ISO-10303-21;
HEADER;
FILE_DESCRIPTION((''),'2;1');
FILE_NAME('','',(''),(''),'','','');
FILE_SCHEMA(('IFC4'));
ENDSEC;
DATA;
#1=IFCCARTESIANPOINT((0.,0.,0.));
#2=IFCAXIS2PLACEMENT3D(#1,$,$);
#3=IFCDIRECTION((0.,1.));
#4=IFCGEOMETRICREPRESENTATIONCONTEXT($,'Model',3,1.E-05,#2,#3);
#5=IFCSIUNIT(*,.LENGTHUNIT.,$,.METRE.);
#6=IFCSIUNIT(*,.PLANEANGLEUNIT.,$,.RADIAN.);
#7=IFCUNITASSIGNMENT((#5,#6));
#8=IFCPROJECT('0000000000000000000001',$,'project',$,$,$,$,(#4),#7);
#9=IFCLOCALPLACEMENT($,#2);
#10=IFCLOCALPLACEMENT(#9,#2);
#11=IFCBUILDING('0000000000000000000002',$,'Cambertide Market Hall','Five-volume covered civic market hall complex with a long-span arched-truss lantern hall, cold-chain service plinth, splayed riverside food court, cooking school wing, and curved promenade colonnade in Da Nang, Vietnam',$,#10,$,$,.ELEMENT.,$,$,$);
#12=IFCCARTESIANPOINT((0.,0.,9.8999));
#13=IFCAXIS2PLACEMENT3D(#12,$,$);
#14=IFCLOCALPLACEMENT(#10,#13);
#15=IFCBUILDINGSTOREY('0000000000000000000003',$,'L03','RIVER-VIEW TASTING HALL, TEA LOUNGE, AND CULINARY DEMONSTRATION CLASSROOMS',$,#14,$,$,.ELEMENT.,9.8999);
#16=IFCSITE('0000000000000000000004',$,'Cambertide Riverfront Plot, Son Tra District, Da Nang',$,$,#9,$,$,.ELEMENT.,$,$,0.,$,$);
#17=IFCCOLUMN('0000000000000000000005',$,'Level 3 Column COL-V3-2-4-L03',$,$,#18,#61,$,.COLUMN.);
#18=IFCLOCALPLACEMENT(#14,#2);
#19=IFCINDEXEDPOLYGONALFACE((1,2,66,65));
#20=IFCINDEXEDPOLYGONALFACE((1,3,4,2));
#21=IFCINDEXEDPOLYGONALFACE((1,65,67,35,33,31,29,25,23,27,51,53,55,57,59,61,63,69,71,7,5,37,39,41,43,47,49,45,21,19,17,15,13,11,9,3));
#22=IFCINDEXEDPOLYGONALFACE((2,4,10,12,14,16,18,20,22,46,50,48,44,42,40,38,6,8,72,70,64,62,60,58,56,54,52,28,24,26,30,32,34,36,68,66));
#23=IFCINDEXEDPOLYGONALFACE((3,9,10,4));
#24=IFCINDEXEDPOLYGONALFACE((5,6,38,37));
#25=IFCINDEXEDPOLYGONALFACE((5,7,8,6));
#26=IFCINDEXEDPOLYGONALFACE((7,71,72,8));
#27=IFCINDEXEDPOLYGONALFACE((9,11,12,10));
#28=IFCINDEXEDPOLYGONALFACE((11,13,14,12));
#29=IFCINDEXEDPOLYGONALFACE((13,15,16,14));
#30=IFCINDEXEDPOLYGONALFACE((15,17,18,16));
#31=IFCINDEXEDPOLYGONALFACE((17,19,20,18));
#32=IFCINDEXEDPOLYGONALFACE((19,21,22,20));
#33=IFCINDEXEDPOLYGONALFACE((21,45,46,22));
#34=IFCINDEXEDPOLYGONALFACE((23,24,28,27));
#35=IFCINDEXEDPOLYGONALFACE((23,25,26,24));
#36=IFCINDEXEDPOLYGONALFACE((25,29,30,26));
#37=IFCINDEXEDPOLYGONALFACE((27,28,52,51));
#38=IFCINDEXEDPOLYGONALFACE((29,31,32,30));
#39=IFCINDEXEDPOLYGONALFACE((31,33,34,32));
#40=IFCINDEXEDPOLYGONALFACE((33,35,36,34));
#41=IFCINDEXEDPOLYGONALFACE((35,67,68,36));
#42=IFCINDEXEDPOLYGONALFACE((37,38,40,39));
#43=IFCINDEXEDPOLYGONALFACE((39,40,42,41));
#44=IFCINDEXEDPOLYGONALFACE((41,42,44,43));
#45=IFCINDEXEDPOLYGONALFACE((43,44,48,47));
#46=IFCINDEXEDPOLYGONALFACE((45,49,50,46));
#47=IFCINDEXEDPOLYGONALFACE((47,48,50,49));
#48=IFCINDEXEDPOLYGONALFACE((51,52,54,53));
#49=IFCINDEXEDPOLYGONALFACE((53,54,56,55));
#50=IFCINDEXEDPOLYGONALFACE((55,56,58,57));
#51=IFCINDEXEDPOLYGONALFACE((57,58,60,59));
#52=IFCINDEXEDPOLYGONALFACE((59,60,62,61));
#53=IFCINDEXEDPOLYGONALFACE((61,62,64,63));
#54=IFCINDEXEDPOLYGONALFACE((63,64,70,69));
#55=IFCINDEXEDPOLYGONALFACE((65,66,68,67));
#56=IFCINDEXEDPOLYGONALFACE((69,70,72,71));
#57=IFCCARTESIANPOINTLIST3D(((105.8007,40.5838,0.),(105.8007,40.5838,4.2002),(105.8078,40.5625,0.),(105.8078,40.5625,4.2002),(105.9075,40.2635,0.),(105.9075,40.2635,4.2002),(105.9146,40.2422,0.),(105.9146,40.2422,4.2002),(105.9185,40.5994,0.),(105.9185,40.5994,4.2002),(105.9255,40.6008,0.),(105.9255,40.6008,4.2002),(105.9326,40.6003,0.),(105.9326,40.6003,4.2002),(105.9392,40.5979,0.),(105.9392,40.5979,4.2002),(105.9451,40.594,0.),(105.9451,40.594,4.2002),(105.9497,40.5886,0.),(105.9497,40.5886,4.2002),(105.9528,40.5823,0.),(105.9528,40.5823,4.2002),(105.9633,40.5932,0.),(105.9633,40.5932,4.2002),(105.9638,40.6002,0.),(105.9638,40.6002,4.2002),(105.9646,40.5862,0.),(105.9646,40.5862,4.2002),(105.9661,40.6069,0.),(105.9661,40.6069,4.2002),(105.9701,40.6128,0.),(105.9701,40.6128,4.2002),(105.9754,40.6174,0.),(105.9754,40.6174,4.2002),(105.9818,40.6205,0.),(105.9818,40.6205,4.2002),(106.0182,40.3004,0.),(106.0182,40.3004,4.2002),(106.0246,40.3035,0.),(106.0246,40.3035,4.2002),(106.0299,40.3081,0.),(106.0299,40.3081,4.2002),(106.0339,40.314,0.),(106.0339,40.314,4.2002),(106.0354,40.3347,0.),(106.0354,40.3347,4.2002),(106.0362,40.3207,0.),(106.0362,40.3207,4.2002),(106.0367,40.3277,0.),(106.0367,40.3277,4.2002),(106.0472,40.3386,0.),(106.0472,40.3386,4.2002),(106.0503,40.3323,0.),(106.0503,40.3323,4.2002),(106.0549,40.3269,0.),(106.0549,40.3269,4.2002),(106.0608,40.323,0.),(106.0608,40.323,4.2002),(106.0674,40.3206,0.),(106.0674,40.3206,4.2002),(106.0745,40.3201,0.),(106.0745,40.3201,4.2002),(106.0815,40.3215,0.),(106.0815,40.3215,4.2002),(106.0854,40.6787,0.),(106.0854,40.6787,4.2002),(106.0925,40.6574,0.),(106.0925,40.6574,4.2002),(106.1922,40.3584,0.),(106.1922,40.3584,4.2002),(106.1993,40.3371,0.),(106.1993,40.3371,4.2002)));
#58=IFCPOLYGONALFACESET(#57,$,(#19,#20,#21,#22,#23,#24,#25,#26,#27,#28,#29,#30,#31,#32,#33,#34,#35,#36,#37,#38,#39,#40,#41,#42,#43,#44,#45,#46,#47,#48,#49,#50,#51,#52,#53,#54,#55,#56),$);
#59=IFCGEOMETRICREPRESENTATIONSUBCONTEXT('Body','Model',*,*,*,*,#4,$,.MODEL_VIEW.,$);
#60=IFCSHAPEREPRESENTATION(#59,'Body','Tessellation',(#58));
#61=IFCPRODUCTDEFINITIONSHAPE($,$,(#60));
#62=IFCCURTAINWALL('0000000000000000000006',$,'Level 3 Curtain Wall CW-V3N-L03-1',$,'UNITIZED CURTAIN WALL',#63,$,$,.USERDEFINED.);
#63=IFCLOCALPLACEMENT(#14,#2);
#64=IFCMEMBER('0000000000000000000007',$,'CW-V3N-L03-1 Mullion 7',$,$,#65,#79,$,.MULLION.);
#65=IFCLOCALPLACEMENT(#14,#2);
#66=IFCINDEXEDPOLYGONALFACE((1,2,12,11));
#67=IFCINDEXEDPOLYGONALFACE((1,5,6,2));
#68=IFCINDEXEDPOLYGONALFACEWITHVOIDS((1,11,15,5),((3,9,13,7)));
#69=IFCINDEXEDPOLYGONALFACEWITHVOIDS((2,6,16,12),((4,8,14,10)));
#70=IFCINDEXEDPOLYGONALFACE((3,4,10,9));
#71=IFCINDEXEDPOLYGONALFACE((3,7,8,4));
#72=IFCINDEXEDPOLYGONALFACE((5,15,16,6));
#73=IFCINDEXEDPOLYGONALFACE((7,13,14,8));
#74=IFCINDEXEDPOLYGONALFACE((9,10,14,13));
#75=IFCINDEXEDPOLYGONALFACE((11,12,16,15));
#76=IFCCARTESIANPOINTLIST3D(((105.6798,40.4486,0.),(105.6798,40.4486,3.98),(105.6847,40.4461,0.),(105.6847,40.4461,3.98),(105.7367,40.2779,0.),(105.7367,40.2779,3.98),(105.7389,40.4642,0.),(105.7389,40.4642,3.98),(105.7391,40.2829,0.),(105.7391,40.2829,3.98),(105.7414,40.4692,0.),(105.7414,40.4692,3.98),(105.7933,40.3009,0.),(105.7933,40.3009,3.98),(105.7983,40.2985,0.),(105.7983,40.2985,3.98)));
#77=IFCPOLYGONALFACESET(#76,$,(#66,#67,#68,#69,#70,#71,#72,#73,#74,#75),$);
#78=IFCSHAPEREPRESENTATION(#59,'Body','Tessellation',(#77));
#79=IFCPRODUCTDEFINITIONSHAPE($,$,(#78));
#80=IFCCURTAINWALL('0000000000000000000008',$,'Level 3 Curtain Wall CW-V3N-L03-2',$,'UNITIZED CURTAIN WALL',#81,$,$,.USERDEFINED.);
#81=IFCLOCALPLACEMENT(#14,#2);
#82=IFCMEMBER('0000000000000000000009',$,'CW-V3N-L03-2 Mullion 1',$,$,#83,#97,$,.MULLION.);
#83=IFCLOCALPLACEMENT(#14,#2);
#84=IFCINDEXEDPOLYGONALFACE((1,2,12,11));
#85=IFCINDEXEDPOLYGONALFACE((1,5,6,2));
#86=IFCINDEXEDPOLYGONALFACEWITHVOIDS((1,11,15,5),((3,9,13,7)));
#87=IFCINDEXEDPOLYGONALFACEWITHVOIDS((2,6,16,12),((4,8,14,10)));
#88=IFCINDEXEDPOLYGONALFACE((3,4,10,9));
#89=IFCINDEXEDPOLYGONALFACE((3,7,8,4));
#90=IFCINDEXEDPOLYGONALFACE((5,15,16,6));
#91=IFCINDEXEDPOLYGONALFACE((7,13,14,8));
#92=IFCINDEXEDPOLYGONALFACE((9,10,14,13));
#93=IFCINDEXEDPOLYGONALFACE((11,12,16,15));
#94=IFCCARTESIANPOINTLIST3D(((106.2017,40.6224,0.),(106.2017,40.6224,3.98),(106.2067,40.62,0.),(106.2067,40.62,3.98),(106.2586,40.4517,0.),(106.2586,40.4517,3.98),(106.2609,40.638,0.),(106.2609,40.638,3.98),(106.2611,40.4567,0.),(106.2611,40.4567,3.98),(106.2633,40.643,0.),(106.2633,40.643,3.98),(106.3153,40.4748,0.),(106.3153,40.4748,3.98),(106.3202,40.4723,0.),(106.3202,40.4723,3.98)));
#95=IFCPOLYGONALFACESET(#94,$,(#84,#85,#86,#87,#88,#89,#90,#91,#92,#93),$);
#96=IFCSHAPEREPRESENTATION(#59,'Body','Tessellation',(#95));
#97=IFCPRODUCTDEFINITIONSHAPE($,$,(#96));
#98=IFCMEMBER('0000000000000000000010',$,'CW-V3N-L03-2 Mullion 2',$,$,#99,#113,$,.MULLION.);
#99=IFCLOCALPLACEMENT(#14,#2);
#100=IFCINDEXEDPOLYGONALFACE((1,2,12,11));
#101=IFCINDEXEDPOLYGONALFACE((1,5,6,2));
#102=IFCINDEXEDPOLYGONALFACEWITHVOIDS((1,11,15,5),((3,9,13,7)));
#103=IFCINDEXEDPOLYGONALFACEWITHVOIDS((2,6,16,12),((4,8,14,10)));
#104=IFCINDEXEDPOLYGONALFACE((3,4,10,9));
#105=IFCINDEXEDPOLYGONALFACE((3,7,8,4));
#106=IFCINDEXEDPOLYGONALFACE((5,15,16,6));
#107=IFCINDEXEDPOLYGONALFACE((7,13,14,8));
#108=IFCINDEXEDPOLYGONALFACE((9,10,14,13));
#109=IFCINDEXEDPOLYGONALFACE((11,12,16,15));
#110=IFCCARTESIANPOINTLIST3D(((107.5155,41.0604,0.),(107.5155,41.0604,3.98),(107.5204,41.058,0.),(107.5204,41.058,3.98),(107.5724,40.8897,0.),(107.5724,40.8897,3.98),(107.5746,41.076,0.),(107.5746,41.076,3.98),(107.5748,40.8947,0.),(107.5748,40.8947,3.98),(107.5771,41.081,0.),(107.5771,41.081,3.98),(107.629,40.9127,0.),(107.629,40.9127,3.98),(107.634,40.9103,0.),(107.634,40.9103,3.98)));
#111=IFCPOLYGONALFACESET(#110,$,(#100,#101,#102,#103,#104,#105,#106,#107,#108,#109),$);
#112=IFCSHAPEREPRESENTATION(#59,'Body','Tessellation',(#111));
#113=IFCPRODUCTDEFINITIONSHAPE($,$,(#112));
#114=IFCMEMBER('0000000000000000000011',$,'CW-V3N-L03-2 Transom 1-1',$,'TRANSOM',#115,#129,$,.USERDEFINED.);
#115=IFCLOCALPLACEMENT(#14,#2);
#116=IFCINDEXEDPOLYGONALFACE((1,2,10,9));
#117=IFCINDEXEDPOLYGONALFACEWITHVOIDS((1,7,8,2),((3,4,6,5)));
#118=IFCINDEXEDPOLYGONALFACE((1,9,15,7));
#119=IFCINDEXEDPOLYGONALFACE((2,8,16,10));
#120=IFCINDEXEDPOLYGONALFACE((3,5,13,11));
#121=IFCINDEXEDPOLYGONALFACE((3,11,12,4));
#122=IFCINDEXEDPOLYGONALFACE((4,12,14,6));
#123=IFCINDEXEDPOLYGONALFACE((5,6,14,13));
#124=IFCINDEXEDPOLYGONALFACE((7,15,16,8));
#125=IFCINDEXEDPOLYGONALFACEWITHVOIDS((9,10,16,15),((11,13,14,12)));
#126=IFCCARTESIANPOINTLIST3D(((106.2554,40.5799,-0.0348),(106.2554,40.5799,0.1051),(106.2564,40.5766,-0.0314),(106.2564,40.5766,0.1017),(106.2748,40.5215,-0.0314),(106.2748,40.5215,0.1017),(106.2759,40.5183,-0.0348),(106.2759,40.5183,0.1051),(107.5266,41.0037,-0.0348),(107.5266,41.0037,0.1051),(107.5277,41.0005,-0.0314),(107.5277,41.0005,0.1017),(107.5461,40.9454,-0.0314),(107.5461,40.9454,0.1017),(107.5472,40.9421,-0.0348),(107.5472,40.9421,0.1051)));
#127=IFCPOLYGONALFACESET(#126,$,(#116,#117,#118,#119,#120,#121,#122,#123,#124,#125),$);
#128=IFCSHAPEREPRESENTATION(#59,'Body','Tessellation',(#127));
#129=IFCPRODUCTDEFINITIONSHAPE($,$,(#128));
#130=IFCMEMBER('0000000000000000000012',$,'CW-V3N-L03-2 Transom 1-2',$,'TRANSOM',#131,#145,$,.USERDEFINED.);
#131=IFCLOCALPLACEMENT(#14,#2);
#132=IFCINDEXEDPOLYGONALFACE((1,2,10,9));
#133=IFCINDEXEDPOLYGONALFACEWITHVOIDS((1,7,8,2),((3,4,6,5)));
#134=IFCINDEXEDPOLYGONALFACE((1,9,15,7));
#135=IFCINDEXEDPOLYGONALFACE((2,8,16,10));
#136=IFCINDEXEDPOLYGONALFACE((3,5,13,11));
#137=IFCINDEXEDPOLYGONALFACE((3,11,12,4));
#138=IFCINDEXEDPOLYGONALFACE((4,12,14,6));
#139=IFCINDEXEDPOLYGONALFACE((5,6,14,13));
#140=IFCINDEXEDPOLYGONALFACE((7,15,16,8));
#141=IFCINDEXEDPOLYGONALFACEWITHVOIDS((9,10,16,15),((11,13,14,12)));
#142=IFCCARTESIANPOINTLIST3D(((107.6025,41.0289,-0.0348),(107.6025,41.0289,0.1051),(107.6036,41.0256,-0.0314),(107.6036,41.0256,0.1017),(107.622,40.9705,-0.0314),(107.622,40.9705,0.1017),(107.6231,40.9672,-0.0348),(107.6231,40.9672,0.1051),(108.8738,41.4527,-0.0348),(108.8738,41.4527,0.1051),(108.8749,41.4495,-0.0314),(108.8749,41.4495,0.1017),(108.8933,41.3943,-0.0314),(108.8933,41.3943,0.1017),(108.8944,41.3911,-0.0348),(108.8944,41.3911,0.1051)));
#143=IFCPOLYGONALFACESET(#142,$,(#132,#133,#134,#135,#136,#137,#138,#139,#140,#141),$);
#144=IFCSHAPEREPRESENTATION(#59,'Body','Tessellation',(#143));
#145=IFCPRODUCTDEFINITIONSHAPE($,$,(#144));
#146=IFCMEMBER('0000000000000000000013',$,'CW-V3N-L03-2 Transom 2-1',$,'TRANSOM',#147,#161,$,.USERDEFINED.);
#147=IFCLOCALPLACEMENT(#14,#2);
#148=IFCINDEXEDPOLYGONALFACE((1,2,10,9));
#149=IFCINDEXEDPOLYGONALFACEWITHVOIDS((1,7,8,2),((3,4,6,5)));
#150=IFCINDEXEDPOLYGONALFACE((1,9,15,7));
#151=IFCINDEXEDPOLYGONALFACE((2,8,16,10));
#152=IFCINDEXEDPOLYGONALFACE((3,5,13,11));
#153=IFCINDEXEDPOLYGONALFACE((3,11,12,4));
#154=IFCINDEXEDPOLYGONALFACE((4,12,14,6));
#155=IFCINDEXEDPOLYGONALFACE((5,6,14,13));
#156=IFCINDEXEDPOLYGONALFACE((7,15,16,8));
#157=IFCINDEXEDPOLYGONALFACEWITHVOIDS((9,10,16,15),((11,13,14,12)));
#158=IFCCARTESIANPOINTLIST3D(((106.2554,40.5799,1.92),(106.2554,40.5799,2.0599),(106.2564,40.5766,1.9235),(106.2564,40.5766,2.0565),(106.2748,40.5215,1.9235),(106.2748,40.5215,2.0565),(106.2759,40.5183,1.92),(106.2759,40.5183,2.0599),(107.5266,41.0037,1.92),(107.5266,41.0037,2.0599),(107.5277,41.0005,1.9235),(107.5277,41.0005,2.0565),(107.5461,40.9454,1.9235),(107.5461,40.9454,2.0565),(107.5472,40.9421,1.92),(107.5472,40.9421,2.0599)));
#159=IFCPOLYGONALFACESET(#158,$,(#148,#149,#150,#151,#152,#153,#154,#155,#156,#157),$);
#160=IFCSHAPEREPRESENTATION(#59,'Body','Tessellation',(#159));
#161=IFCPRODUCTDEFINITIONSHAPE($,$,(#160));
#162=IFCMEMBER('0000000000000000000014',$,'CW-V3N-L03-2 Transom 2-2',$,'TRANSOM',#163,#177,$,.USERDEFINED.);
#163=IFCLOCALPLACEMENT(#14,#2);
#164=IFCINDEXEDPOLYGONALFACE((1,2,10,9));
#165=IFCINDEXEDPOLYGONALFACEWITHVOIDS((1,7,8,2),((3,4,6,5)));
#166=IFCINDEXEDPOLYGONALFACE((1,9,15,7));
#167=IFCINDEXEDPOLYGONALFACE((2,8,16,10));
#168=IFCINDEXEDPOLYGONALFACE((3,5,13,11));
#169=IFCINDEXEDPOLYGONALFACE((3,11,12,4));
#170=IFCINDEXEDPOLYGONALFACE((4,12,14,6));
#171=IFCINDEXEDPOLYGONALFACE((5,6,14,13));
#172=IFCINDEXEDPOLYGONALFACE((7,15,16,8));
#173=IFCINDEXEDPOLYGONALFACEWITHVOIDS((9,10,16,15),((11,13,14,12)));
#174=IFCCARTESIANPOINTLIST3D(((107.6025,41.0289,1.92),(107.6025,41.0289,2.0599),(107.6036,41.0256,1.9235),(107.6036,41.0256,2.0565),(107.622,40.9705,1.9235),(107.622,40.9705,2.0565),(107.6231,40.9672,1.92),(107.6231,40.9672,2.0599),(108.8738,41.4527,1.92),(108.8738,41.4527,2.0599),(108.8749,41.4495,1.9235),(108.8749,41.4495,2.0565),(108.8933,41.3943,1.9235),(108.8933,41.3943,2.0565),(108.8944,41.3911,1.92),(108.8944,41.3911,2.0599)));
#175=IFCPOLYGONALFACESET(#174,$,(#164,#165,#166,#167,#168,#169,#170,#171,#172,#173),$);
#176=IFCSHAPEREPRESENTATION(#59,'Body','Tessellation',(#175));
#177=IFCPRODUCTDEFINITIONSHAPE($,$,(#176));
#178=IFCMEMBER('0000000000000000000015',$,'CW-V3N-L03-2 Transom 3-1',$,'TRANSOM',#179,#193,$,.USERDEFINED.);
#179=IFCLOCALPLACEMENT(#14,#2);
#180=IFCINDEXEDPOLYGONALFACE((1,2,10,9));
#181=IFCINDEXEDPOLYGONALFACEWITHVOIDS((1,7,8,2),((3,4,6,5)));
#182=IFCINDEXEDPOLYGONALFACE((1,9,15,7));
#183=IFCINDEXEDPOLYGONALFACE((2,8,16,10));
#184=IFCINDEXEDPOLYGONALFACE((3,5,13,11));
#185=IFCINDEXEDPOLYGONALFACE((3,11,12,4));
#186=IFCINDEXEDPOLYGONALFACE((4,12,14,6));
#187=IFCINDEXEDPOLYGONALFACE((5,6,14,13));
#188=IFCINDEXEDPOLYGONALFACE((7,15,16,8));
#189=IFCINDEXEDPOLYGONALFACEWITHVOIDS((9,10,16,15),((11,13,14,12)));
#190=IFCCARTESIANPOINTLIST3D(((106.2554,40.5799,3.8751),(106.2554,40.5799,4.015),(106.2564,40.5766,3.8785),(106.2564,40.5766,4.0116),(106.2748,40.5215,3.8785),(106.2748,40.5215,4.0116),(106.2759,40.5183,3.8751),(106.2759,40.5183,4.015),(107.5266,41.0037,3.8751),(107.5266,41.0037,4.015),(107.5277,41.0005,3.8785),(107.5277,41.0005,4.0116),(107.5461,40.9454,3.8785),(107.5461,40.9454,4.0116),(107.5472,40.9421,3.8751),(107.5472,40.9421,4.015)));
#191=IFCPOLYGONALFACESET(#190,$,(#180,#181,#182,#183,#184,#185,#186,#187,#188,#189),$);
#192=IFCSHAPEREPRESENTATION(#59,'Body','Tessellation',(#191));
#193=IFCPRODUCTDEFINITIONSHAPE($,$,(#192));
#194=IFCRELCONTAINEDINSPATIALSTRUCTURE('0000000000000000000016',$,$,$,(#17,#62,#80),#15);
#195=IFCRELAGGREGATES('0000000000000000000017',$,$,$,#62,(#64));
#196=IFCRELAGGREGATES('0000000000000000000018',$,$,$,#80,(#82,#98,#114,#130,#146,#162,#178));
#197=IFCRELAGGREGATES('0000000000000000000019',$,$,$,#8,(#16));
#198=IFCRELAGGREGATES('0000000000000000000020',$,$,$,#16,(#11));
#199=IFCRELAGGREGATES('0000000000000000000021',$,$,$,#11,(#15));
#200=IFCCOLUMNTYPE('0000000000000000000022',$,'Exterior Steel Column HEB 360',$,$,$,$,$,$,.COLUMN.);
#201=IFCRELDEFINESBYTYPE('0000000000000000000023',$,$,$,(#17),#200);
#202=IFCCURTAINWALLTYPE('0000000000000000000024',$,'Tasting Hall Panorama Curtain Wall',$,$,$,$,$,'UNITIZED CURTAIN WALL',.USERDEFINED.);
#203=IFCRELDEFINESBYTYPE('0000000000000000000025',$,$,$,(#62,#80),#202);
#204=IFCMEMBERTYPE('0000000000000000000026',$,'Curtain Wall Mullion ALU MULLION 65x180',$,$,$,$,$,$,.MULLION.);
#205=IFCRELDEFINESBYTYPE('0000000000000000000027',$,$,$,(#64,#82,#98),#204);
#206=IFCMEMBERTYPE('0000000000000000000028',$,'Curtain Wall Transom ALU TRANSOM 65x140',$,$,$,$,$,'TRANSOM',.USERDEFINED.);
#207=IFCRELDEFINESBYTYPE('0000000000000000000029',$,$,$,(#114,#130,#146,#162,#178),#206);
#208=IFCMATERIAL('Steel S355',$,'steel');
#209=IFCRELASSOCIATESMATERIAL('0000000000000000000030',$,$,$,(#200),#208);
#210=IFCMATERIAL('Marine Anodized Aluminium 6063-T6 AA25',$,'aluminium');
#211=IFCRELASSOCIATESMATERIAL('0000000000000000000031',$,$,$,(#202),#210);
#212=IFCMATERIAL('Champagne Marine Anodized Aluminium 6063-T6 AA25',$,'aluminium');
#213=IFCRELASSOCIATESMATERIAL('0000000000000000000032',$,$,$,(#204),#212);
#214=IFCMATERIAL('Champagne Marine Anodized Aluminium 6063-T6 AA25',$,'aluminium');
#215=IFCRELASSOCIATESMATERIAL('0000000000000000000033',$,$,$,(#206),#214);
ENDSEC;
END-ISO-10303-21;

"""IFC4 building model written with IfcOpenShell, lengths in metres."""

from ifc_helpers import new_model, si_unit, direction, frame, origin, origin_2d, place, context, subcontext, project, spatial, hollow_rectangle, i_section, extrude, material, material_profile, profile_set, type_object, element, aggregate, save


model = new_model("IFC4")

# Units and contexts
model_context = context("Model", 3, precision=1e-05, world=origin(), true_north=direction((0.0, 1.0)))
body_context = subcontext(model_context, "Body", "Model", "MODEL_VIEW")
ifc_project = project(units=[si_unit("LENGTHUNIT", "METRE"), si_unit("PLANEANGLEUNIT", "RADIAN")], contexts=[model_context])

# Site, building, storey
site_placement = place(None, origin())
site = spatial("IfcSite", under=ifc_project, at=site_placement, Name="Cambertide Riverfront Plot, Son Tra District, Da Nang", CompositionType="ELEMENT", RefElevation=0.0)
building_placement = place(site_placement, origin())
building = spatial("IfcBuilding", under=site, at=building_placement, Name="Cambertide Market Hall", Description="Five-volume covered civic market hall complex with a long-span arched-truss lantern hall, cold-chain service plinth, splayed riverside food court, cooking school wing, and curved promenade colonnade in Da Nang, Vietnam", CompositionType="ELEMENT")
storey_placement = place(building_placement, frame((0.0, 0.0, 9.8999)))
storey = spatial("IfcBuildingStorey", under=building, at=storey_placement, Name="L03", Description="RIVER-VIEW TASTING HALL, TEA LOUNGE, AND CULINARY DEMONSTRATION CLASSROOMS", CompositionType="ELEMENT", Elevation=9.8999)

# Column
ifc_material_1 = material(Name="Steel S355", Category="steel")
ifc_material_profile_1 = material_profile(ifc_material_1, i_section(OverallWidth=0.3, OverallDepth=0.3601, WebThickness=0.0125, FlangeThickness=0.0225, FilletRadius=0.0271, at=origin_2d()), Name="HEB 360")
ifc_profile_set_1 = profile_set([ifc_material_profile_1], Name="Steel S355")
column_type = type_object("IfcColumnType", Name="Exterior Steel Column HEB 360", PredefinedType="COLUMN", material=ifc_profile_set_1)
column_placement = place(storey_placement, frame((106.0, 40.4604, 0.0), z_axis=(0.0, 0.0, 1.0), x_axis=(0.948683, 0.316228, 0.0)))
element("IfcColumn", 1, at=column_placement, inside=storey, type_object=column_type, Name="Level 3 Column COL-V3-2-4-L03", PredefinedType="COLUMN", context=body_context, shape_type="SweptSolid", body=[
    extrude(i_section(OverallWidth=0.3, OverallDepth=0.3601, WebThickness=0.0125, FlangeThickness=0.0225, FilletRadius=0.0271, at=origin_2d()), origin(), (0.0, 0.0, 1.0), 4.2002),
])

# Curtain wall, member
ifc_material_2 = material(Name="Marine Anodized Aluminium 6063-T6 AA25", Category="aluminium")
curtain_wall_type = type_object("IfcCurtainWallType", Name="Tasting Hall Panorama Curtain Wall", ElementType="UNITIZED CURTAIN WALL", PredefinedType="USERDEFINED", material=ifc_material_2)
curtain_wall_1_placement = place(storey_placement, origin())
curtain_wall_1 = element("IfcCurtainWall", 2, at=curtain_wall_1_placement, inside=storey, type_object=curtain_wall_type, Name="Level 3 Curtain Wall CW-V3N-L03-1", ObjectType="UNITIZED CURTAIN WALL", PredefinedType="USERDEFINED")
ifc_material_3 = material(Name="Champagne Marine Anodized Aluminium 6063-T6 AA25", Category="aluminium")
ifc_material_profile_2 = material_profile(ifc_material_3, hollow_rectangle(XDim=0.0649, YDim=0.1799, WallThickness=0.0039, at=origin_2d()), Name="ALU MULLION 65x180")
ifc_profile_set_2 = profile_set([ifc_material_profile_2], Name="Champagne Marine Anodized Aluminium 6063-T6 AA25")
member_type_1 = type_object("IfcMemberType", Name="Curtain Wall Mullion ALU MULLION 65x180", PredefinedType="MULLION", material=ifc_profile_set_2)
member_1_placement = place(storey_placement, frame((105.739, 40.3735, 0.0), z_axis=(0.0, 0.0, 1.0), x_axis=(0.948683, 0.316228, 0.0)))
member_1 = element("IfcMember", 3, at=member_1_placement, type_object=member_type_1, Name="CW-V3N-L03-1 Mullion 7", PredefinedType="MULLION", context=body_context, shape_type="SweptSolid", body=[
    extrude(hollow_rectangle(XDim=0.0649, YDim=0.1799, WallThickness=0.0039, at=origin_2d()), origin(), (0.0, 0.0, 1.0), 3.98),
])

# Curtain wall, members
curtain_wall_2_placement = place(storey_placement, origin())
curtain_wall_2 = element("IfcCurtainWall", 4, at=curtain_wall_2_placement, inside=storey, type_object=curtain_wall_type, Name="Level 3 Curtain Wall CW-V3N-L03-2", ObjectType="UNITIZED CURTAIN WALL", PredefinedType="USERDEFINED")
member_2_placement = place(storey_placement, frame((106.261, 40.5474, 0.0), z_axis=(0.0, 0.0, 1.0), x_axis=(0.948683, 0.316228, 0.0)))
member_2 = element("IfcMember", 5, at=member_2_placement, type_object=member_type_1, Name="CW-V3N-L03-2 Mullion 1", PredefinedType="MULLION", context=body_context, shape_type="SweptSolid", body=[
    extrude(hollow_rectangle(XDim=0.0649, YDim=0.1799, WallThickness=0.0039, at=origin_2d()), origin(), (0.0, 0.0, 1.0), 3.98),
])
member_3_placement = place(storey_placement, frame((107.5747, 40.9854, 0.0), z_axis=(0.0, 0.0, 1.0), x_axis=(0.948683, 0.316228, 0.0)))
member_3 = element("IfcMember", 6, at=member_3_placement, type_object=member_type_1, Name="CW-V3N-L03-2 Mullion 2", PredefinedType="MULLION", context=body_context, shape_type="SweptSolid", body=[
    extrude(hollow_rectangle(XDim=0.0649, YDim=0.1799, WallThickness=0.0039, at=origin_2d()), origin(), (0.0, 0.0, 1.0), 3.98),
])
ifc_material_4 = material(Name="Champagne Marine Anodized Aluminium 6063-T6 AA25", Category="aluminium")
ifc_material_profile_3 = material_profile(ifc_material_4, hollow_rectangle(XDim=0.0649, YDim=0.1399, WallThickness=0.0034, at=origin_2d()), Name="ALU TRANSOM 65x140")
ifc_profile_set_3 = profile_set([ifc_material_profile_3], Name="Champagne Marine Anodized Aluminium 6063-T6 AA25")
member_type_2 = type_object("IfcMemberType", Name="Curtain Wall Transom ALU TRANSOM 65x140", ElementType="TRANSOM", PredefinedType="USERDEFINED", material=ifc_profile_set_3)
member_4_placement = place(storey_placement, frame((106.2656, 40.5491, 0.0352), z_axis=(0.948665, 0.316282, 0.0), x_axis=(-0.316282, 0.948665, 0.0)))
member_4 = element("IfcMember", 7, at=member_4_placement, type_object=member_type_2, Name="CW-V3N-L03-2 Transom 1-1", ObjectType="TRANSOM", PredefinedType="USERDEFINED", context=body_context, shape_type="SweptSolid", body=[
    extrude(hollow_rectangle(XDim=0.0649, YDim=0.1399, WallThickness=0.0034, at=origin_2d()), origin(), (0.0, 0.0, 1.0), 1.3401),
])
member_5_placement = place(storey_placement, frame((107.6128, 40.998, 0.0352), z_axis=(0.948665, 0.316282, 0.0), x_axis=(-0.316282, 0.948665, 0.0)))
member_5 = element("IfcMember", 8, at=member_5_placement, type_object=member_type_2, Name="CW-V3N-L03-2 Transom 1-2", ObjectType="TRANSOM", PredefinedType="USERDEFINED", context=body_context, shape_type="SweptSolid", body=[
    extrude(hollow_rectangle(XDim=0.0649, YDim=0.1399, WallThickness=0.0034, at=origin_2d()), origin(), (0.0, 0.0, 1.0), 1.3401),
])
member_6_placement = place(storey_placement, frame((106.2656, 40.5491, 1.99), z_axis=(0.948665, 0.316282, 0.0), x_axis=(-0.316282, 0.948665, 0.0)))
member_6 = element("IfcMember", 9, at=member_6_placement, type_object=member_type_2, Name="CW-V3N-L03-2 Transom 2-1", ObjectType="TRANSOM", PredefinedType="USERDEFINED", context=body_context, shape_type="SweptSolid", body=[
    extrude(hollow_rectangle(XDim=0.0649, YDim=0.1399, WallThickness=0.0034, at=origin_2d()), origin(), (0.0, 0.0, 1.0), 1.3401),
])
member_7_placement = place(storey_placement, frame((107.6128, 40.998, 1.99), z_axis=(0.948665, 0.316282, 0.0), x_axis=(-0.316282, 0.948665, 0.0)))
member_7 = element("IfcMember", 10, at=member_7_placement, type_object=member_type_2, Name="CW-V3N-L03-2 Transom 2-2", ObjectType="TRANSOM", PredefinedType="USERDEFINED", context=body_context, shape_type="SweptSolid", body=[
    extrude(hollow_rectangle(XDim=0.0649, YDim=0.1399, WallThickness=0.0034, at=origin_2d()), origin(), (0.0, 0.0, 1.0), 1.3401),
])
member_8_placement = place(storey_placement, frame((106.2656, 40.5491, 3.9451), z_axis=(0.948665, 0.316282, 0.0), x_axis=(-0.316282, 0.948665, 0.0)))
member_8 = element("IfcMember", 11, at=member_8_placement, type_object=member_type_2, Name="CW-V3N-L03-2 Transom 3-1", ObjectType="TRANSOM", PredefinedType="USERDEFINED", context=body_context, shape_type="SweptSolid", body=[
    extrude(hollow_rectangle(XDim=0.0649, YDim=0.1399, WallThickness=0.0034, at=origin_2d()), origin(), (0.0, 0.0, 1.0), 1.3401),
])

aggregate(curtain_wall_1, [member_1])
aggregate(curtain_wall_2, [member_2, member_3, member_4, member_5, member_6, member_7, member_8])

save(model, "model.ifc")
